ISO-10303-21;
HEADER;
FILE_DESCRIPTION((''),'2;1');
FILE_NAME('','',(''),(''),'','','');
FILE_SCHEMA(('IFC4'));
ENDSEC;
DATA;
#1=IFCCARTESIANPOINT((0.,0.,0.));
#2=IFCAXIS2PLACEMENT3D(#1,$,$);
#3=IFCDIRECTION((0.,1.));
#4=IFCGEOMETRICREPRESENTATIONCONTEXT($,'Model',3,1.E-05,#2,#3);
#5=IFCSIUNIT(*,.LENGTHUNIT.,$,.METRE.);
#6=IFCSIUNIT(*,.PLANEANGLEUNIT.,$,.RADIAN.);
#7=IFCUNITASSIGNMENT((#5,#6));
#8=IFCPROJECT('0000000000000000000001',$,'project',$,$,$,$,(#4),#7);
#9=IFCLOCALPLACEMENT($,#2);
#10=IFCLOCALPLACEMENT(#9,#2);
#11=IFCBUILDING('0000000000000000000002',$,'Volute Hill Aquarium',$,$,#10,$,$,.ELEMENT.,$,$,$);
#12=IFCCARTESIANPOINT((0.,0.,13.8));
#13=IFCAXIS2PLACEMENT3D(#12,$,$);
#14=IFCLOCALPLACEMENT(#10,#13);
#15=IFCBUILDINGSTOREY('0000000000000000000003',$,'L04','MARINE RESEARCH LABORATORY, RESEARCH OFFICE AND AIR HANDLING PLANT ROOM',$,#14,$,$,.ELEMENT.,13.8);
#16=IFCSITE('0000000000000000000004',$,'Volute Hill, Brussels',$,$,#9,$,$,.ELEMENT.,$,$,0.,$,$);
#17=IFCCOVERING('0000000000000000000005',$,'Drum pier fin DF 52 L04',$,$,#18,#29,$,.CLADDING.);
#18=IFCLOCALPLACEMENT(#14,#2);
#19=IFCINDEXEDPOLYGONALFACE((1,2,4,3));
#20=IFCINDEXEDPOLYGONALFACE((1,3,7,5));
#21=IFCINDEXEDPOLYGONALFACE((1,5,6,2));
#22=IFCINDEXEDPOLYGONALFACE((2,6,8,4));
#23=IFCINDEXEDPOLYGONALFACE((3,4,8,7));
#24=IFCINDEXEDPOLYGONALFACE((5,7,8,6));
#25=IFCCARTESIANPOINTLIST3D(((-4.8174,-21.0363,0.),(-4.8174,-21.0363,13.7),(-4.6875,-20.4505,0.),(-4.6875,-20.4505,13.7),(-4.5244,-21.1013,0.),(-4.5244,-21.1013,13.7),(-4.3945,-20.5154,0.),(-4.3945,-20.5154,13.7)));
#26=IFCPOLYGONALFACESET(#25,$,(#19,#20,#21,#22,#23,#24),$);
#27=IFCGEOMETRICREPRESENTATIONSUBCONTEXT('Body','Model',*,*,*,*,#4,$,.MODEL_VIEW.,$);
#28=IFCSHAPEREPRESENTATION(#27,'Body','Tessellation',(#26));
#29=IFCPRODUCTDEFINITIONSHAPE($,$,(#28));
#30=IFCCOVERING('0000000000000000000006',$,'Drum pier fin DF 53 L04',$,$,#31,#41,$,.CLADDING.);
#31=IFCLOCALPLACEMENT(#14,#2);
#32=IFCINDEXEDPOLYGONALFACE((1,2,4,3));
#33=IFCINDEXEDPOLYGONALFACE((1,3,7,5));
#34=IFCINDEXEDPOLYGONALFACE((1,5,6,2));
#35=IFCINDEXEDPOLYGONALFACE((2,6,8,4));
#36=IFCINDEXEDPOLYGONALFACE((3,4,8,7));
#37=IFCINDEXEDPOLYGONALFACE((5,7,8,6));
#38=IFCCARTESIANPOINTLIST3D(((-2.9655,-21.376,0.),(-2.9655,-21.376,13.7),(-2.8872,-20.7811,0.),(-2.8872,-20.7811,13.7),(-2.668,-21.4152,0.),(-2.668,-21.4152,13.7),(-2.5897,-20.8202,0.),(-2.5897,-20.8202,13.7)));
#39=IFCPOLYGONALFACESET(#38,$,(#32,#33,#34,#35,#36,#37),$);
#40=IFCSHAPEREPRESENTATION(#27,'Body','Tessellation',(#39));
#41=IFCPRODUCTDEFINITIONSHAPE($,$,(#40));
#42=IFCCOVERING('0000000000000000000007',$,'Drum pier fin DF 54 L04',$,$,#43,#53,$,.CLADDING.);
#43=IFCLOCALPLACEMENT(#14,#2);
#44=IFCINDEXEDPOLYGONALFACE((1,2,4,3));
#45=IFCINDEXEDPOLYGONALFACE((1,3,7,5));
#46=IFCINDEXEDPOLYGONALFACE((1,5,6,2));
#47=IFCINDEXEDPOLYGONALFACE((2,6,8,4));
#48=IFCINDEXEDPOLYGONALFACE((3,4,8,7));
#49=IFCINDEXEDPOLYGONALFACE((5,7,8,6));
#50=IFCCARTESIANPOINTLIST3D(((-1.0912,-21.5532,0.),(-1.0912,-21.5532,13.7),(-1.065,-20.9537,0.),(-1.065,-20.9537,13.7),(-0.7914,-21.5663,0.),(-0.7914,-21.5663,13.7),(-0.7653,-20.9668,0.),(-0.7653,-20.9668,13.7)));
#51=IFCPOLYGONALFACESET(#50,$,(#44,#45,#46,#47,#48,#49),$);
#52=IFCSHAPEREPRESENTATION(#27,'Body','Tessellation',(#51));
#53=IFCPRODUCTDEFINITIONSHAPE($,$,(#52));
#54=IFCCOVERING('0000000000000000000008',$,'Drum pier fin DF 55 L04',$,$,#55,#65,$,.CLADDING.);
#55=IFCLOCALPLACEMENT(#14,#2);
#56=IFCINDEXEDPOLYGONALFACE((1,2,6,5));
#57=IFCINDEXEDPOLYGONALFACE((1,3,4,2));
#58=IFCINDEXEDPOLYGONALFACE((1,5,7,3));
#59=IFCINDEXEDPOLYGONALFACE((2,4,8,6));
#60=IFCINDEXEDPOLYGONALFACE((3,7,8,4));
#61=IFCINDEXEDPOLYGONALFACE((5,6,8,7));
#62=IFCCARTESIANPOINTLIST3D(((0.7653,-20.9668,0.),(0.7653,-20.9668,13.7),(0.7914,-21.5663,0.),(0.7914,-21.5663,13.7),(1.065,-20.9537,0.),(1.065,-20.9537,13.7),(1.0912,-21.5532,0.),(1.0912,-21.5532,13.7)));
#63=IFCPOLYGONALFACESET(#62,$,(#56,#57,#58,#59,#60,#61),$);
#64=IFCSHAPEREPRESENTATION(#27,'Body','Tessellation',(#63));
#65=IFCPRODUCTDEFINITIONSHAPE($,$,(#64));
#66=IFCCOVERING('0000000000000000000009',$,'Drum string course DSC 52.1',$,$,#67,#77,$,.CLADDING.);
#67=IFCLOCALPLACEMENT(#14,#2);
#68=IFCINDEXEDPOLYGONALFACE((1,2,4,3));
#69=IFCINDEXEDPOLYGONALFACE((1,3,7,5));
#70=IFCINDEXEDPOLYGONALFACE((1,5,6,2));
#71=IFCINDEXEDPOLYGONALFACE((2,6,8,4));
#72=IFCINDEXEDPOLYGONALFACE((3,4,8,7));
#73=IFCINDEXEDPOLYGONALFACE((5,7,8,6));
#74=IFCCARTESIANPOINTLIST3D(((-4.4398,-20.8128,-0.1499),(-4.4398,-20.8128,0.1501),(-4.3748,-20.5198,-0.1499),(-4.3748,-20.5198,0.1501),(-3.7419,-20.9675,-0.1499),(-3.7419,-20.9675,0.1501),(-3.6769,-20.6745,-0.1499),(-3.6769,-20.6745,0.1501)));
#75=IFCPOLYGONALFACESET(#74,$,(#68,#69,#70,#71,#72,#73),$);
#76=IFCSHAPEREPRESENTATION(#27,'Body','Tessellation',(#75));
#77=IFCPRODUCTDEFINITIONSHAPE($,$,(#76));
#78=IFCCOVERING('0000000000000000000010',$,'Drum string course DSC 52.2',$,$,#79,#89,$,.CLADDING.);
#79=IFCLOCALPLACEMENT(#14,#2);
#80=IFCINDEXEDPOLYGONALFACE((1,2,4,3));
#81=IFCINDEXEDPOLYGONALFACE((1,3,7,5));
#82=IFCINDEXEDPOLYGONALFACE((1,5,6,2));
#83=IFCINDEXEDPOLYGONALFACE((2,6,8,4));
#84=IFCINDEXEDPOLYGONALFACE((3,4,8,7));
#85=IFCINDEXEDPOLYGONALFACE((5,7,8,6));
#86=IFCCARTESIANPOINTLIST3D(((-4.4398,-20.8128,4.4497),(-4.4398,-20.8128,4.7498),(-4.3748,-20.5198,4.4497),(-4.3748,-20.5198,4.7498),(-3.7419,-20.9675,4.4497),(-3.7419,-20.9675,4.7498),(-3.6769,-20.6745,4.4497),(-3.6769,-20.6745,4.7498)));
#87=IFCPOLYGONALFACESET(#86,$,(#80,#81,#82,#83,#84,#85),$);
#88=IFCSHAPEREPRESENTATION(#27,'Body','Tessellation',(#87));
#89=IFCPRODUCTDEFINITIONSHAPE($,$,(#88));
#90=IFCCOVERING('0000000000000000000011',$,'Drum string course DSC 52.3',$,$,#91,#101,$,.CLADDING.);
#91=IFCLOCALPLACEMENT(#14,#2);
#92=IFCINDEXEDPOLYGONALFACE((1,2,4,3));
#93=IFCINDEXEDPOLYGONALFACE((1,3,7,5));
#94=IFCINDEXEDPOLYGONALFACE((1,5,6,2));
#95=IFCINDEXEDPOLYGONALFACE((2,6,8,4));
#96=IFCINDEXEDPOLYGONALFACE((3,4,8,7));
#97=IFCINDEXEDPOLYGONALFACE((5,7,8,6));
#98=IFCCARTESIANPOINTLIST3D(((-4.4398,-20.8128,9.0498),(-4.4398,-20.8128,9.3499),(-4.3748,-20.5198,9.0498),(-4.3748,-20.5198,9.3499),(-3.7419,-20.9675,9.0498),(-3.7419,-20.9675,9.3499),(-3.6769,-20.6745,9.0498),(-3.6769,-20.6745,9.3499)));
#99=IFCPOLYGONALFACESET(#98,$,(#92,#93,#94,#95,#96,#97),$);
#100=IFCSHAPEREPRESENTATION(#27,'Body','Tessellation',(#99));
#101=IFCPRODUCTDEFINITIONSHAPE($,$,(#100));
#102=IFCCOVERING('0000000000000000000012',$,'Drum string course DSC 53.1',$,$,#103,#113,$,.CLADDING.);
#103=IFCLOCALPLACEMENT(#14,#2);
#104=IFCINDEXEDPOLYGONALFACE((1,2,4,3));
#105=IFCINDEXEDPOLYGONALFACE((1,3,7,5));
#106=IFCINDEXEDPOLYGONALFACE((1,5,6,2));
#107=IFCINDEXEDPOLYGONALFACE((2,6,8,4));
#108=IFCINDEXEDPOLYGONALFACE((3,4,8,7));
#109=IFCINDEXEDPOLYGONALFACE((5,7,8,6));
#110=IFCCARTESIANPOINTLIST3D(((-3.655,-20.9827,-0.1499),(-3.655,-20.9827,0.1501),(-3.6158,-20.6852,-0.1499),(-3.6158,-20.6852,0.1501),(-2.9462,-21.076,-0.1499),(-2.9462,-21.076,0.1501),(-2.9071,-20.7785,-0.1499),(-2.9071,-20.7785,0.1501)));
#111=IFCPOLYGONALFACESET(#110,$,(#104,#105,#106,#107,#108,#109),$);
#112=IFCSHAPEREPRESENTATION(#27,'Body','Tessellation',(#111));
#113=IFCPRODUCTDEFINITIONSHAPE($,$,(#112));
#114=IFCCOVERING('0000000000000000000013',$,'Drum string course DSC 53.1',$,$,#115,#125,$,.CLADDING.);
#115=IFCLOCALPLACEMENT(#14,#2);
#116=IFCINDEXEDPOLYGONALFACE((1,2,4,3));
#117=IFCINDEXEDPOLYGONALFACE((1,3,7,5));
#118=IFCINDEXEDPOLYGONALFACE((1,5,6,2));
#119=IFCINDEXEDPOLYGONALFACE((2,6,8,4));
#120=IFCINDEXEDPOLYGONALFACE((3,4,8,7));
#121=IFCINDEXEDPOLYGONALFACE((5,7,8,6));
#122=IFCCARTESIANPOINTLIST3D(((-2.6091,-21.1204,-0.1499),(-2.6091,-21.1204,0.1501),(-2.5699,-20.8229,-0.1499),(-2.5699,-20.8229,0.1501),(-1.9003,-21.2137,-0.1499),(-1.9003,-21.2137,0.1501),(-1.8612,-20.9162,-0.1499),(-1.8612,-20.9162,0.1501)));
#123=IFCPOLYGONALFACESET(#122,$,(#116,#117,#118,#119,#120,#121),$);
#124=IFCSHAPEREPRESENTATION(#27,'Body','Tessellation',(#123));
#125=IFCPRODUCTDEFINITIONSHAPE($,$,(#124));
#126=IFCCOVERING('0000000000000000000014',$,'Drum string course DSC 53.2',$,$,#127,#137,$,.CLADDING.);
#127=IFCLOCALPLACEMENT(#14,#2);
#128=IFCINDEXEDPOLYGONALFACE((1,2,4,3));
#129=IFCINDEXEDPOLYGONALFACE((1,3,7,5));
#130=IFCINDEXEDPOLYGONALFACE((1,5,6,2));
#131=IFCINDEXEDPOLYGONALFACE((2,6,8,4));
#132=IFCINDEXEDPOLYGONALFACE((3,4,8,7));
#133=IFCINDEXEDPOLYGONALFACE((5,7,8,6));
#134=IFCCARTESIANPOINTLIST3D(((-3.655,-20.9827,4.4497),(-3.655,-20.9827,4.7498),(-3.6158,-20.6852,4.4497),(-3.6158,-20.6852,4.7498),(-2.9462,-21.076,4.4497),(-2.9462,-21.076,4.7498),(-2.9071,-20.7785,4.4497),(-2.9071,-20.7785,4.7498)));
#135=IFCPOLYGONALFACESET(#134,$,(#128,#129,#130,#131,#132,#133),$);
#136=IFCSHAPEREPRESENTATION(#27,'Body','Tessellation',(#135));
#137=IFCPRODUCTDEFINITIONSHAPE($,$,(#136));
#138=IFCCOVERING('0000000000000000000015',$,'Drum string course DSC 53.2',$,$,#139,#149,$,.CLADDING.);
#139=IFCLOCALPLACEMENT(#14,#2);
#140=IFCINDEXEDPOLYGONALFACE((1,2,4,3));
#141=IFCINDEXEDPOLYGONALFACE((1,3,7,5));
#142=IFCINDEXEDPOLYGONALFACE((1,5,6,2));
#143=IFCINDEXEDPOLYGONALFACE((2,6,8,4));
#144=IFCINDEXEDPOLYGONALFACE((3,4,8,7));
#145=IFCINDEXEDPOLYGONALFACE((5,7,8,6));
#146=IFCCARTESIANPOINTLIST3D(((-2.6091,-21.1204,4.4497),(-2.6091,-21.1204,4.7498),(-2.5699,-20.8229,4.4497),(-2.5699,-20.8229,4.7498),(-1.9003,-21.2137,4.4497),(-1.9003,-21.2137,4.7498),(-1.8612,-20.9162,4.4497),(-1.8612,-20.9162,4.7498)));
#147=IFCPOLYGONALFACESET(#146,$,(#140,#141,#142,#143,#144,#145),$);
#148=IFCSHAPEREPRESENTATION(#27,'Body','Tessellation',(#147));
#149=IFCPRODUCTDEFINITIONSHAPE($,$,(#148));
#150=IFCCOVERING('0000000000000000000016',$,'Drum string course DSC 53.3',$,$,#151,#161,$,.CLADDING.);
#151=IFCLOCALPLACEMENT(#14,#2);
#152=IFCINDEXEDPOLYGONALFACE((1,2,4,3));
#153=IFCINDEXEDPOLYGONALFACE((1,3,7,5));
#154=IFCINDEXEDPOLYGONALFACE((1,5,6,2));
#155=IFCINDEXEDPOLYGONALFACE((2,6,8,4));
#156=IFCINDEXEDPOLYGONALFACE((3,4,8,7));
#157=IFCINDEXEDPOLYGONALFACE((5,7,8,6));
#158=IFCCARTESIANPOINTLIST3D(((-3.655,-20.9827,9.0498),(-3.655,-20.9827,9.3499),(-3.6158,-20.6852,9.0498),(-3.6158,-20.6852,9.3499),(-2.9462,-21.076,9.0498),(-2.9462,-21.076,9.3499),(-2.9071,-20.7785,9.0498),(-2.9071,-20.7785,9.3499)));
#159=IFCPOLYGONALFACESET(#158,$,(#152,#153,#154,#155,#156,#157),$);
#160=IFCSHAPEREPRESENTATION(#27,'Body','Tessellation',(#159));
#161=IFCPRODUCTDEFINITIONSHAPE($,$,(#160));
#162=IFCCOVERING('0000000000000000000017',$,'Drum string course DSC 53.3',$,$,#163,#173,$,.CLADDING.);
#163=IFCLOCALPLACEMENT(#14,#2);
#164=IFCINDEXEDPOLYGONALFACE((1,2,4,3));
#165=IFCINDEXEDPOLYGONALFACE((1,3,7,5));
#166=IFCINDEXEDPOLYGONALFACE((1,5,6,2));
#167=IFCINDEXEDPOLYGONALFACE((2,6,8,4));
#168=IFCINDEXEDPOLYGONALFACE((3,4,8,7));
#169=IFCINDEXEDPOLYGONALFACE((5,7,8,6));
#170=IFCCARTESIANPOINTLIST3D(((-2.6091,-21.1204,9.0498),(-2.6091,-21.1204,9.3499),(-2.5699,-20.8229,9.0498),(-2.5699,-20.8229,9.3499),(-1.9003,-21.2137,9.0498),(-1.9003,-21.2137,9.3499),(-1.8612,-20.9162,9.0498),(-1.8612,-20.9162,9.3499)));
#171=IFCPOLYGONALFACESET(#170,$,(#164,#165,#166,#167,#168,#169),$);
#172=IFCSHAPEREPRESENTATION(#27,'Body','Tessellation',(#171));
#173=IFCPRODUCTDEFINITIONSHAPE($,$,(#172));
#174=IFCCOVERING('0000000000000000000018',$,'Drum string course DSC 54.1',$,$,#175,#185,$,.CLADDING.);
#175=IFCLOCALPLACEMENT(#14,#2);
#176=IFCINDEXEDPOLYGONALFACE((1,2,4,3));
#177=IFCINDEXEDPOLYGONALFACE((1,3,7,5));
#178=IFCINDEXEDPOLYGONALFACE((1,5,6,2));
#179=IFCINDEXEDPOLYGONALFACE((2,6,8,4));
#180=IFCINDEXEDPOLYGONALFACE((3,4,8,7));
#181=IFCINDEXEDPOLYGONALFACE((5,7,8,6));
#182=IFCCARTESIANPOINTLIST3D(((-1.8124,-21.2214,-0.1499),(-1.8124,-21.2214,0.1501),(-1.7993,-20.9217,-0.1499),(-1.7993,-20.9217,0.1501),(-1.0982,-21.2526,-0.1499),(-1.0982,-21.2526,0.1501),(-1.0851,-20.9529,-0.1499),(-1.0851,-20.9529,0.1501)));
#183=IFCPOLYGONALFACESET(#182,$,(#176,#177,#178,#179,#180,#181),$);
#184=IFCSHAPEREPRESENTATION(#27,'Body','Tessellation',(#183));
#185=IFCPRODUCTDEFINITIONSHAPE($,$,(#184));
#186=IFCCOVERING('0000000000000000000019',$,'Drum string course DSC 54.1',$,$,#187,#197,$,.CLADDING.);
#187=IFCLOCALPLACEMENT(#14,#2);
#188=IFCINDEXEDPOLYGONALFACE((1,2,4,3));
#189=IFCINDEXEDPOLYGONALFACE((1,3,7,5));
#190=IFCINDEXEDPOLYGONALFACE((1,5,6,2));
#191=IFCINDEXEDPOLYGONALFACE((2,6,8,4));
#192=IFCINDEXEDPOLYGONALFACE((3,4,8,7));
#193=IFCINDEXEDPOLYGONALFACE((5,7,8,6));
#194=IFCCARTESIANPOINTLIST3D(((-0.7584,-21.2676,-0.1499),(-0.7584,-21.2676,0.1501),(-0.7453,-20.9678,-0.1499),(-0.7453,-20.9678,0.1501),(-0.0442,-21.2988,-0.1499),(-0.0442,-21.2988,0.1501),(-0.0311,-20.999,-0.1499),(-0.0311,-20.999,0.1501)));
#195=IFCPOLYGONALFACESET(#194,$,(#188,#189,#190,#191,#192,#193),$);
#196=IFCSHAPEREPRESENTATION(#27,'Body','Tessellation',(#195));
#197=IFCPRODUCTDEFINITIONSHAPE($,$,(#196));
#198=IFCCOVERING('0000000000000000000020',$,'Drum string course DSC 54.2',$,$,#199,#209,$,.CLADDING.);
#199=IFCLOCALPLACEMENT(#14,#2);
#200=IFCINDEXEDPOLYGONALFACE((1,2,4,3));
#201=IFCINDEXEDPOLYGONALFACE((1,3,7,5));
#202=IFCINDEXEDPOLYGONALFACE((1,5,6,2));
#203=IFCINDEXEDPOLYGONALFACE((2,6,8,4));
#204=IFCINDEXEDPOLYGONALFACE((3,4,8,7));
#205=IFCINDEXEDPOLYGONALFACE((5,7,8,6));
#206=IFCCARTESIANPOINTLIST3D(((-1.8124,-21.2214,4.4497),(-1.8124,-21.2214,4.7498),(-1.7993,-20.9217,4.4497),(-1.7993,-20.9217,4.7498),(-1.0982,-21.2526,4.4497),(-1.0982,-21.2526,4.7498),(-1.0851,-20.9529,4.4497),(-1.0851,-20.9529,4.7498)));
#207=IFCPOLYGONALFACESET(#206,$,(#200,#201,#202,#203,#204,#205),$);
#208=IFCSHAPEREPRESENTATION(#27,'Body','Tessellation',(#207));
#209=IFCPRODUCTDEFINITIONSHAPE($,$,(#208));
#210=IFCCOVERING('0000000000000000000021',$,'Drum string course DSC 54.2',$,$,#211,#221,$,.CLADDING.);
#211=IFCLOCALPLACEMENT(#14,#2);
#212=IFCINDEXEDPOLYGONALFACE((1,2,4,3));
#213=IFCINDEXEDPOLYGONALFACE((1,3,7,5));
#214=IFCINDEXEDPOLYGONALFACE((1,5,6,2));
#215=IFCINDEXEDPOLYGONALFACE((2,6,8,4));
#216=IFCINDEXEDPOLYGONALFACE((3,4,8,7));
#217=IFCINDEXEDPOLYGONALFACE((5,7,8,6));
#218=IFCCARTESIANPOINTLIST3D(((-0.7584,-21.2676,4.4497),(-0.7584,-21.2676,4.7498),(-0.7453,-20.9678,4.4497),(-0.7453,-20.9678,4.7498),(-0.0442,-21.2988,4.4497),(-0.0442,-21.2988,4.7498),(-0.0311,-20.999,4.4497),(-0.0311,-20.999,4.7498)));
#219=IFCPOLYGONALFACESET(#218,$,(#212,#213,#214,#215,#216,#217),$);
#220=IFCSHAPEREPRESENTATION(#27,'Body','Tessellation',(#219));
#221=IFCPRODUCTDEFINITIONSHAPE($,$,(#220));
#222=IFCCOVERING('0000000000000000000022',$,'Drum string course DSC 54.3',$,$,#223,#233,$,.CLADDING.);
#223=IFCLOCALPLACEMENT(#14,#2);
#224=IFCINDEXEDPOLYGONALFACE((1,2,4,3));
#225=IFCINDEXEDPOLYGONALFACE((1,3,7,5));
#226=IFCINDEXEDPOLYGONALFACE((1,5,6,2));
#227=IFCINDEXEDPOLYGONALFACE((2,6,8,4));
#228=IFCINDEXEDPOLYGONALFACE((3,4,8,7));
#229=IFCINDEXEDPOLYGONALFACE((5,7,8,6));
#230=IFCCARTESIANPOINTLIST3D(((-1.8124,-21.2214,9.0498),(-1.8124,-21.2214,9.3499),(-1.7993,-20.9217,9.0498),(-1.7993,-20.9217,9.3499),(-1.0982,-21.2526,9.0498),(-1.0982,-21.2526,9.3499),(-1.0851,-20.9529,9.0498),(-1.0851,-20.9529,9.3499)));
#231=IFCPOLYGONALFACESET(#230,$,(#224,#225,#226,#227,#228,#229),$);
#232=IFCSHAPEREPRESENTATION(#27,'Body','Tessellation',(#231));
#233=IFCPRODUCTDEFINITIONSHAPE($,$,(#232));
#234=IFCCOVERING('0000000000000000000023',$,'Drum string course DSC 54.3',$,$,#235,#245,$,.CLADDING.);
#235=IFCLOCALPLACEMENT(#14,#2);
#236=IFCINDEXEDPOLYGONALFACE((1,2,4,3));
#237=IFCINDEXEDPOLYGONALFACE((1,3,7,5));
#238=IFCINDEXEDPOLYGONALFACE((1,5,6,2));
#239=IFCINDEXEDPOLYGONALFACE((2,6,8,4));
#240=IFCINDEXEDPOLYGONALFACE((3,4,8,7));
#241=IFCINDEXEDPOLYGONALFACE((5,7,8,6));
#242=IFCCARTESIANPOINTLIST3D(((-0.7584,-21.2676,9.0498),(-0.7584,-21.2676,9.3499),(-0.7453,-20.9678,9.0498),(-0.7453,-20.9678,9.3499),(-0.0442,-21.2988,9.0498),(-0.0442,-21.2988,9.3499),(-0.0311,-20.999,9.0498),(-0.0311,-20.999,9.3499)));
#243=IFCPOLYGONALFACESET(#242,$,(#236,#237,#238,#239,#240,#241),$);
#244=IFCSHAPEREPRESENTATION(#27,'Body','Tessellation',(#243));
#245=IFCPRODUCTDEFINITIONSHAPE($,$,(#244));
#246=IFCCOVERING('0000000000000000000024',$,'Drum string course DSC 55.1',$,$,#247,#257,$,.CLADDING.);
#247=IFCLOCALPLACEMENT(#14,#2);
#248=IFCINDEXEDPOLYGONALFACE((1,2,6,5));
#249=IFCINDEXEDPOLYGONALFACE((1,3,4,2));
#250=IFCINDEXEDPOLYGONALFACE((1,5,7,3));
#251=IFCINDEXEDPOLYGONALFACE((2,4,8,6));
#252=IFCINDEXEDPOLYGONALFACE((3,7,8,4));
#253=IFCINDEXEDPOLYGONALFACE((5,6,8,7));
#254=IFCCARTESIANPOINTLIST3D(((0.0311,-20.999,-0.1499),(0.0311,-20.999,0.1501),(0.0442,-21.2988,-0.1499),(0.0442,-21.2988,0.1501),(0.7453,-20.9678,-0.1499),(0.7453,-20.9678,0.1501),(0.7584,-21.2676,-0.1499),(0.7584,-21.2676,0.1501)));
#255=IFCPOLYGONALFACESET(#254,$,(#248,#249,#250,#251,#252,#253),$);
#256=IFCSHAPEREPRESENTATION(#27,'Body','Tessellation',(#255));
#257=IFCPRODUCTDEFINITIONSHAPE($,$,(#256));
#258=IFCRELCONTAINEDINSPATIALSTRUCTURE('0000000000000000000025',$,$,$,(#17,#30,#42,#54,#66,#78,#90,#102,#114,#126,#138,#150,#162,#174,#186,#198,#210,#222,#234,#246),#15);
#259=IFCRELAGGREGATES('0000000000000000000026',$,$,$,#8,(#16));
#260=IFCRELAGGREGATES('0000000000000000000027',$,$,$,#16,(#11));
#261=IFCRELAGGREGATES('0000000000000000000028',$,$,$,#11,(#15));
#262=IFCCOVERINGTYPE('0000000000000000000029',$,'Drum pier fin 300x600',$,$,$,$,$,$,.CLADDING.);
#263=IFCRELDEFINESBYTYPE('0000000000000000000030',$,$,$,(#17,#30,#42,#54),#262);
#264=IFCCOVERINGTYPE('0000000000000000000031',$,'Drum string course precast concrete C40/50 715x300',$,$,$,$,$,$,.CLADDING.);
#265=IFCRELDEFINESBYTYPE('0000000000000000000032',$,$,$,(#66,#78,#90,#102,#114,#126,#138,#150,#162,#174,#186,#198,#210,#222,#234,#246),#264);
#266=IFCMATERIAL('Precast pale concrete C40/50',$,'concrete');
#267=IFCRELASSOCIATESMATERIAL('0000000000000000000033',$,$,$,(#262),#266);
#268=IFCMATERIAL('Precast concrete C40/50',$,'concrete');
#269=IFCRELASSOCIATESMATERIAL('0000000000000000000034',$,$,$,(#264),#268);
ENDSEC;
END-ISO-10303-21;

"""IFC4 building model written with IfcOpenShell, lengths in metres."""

from ifc_helpers import new_model, si_unit, direction, frame, origin, origin_2d, place, context, subcontext, project, spatial, rectangle, extrude, material, type_object, element, save


model = new_model("IFC4")

# Units and contexts
model_context = context("Model", 3, precision=1e-05, world=origin(), true_north=direction((0.0, 1.0)))
body_context = subcontext(model_context, "Body", "Model", "MODEL_VIEW")
ifc_project = project(units=[si_unit("LENGTHUNIT", "METRE"), si_unit("PLANEANGLEUNIT", "RADIAN")], contexts=[model_context])

# Site, building, storey
site_placement = place(None, origin())
site = spatial("IfcSite", under=ifc_project, at=site_placement, Name="Volute Hill, Brussels", CompositionType="ELEMENT", RefElevation=0.0)
building_placement = place(site_placement, origin())
building = spatial("IfcBuilding", under=site, at=building_placement, Name="Volute Hill Aquarium", CompositionType="ELEMENT")
storey_placement = place(building_placement, frame((0.0, 0.0, 13.8)))
storey = spatial("IfcBuildingStorey", under=building, at=storey_placement, Name="L04", Description="MARINE RESEARCH LABORATORY, RESEARCH OFFICE AND AIR HANDLING PLANT ROOM", CompositionType="ELEMENT", Elevation=13.8)

# Coverings
ifc_material_1 = material(Name="Precast pale concrete C40/50", Category="concrete")
covering_type_1 = type_object("IfcCoveringType", Name="Drum pier fin 300x600", PredefinedType="CLADDING", material=ifc_material_1)
for number, where, z_axis, x_axis, name in (
    (1, (-4.606, -20.7759, 0.0), (0.0, 0.0, 1.0), (0.976296, -0.21644, 0.0), "Drum pier fin DF 52 L04"),
    (2, (-2.7776, -21.0981, 0.0), (0.0, 0.0, 1.0), (0.991445, -0.130526, 0.0), "Drum pier fin DF 53 L04"),
    (3, (-0.9282, -21.26, 0.0), (0.0, 0.0, 1.0), (0.999048, -0.043619, 0.0), "Drum pier fin DF 54 L04"),
    (4, (0.9282, -21.26, 0.0), (0.0, 0.0, 1.0), (0.999048, 0.043619, 0.0), "Drum pier fin DF 55 L04"),
):
    element("IfcCovering", number, at=place(storey_placement, frame(where, z_axis=z_axis, x_axis=x_axis)), inside=storey, type_object=covering_type_1, Name=name, PredefinedType="CLADDING", context=body_context, shape_type="SweptSolid", body=[
        extrude(rectangle(XDim=0.3, YDim=0.6001, at=origin_2d()), origin(), (0.0, 0.0, 1.0), 13.7),
    ])
ifc_material_2 = material(Name="Precast concrete C40/50", Category="concrete")
covering_type_2 = type_object("IfcCoveringType", Name="Drum string course precast concrete C40/50 715x300", PredefinedType="CLADDING", material=ifc_material_2)
for number, where, z_axis, x_axis, name in (
    (5, (-4.0583, -20.7437, -0.1499), (0.0, 0.0, 1.0), (0.976296, -0.21644, 0.0), "Drum string course DSC 52.1"),
    (6, (-4.0583, -20.7437, 4.4497), (0.0, 0.0, 1.0), (0.976296, -0.21644, 0.0), "Drum string course DSC 52.2"),
    (7, (-4.0583, -20.7437, 9.0498), (0.0, 0.0, 1.0), (0.976296, -0.21644, 0.0), "Drum string course DSC 52.3"),
    (8, (-3.281, -20.8806, -0.1499), (0.0, 0.0, 1.0), (0.991445, -0.130526, 0.0), "Drum string course DSC 53.1"),
    (9, (-2.2351, -21.0183, -0.1499), (0.0, 0.0, 1.0), (0.991445, -0.130526, 0.0), "Drum string course DSC 53.1"),
    (10, (-3.281, -20.8806, 4.4497), (0.0, 0.0, 1.0), (0.991445, -0.130526, 0.0), "Drum string course DSC 53.2"),
    (11, (-2.2351, -21.0183, 4.4497), (0.0, 0.0, 1.0), (0.991445, -0.130526, 0.0), "Drum string course DSC 53.2"),
    (12, (-3.281, -20.8806, 9.0498), (0.0, 0.0, 1.0), (0.991445, -0.130526, 0.0), "Drum string course DSC 53.3"),
    (13, (-2.2351, -21.0183, 9.0498), (0.0, 0.0, 1.0), (0.991445, -0.130526, 0.0), "Drum string course DSC 53.3"),
    (14, (-1.4487, -21.0872, -0.1499), (0.0, 0.0, 1.0), (0.999048, -0.043619, 0.0), "Drum string course DSC 54.1"),
    (15, (-0.3948, -21.1333, -0.1499), (0.0, 0.0, 1.0), (0.999048, -0.043619, 0.0), "Drum string course DSC 54.1"),
    (16, (-1.4487, -21.0872, 4.4497), (0.0, 0.0, 1.0), (0.999048, -0.043619, 0.0), "Drum string course DSC 54.2"),
    (17, (-0.3948, -21.1333, 4.4497), (0.0, 0.0, 1.0), (0.999048, -0.043619, 0.0), "Drum string course DSC 54.2"),
    (18, (-1.4487, -21.0872, 9.0498), (0.0, 0.0, 1.0), (0.999048, -0.043619, 0.0), "Drum string course DSC 54.3"),
    (19, (-0.3948, -21.1333, 9.0498), (0.0, 0.0, 1.0), (0.999048, -0.043619, 0.0), "Drum string course DSC 54.3"),
    (20, (0.3948, -21.1333, -0.1499), (0.0, 0.0, 1.0), (0.999048, 0.043619, 0.0), "Drum string course DSC 55.1"),
):
    element("IfcCovering", number, at=place(storey_placement, frame(where, z_axis=z_axis, x_axis=x_axis)), inside=storey, type_object=covering_type_2, Name=name, PredefinedType="CLADDING", context=body_context, shape_type="SweptSolid", body=[
        extrude(rectangle(XDim=0.7148, YDim=0.3, at=origin_2d()), origin(), (0.0, 0.0, 1.0), 0.3),
    ])

save(model, "model.ifc")
